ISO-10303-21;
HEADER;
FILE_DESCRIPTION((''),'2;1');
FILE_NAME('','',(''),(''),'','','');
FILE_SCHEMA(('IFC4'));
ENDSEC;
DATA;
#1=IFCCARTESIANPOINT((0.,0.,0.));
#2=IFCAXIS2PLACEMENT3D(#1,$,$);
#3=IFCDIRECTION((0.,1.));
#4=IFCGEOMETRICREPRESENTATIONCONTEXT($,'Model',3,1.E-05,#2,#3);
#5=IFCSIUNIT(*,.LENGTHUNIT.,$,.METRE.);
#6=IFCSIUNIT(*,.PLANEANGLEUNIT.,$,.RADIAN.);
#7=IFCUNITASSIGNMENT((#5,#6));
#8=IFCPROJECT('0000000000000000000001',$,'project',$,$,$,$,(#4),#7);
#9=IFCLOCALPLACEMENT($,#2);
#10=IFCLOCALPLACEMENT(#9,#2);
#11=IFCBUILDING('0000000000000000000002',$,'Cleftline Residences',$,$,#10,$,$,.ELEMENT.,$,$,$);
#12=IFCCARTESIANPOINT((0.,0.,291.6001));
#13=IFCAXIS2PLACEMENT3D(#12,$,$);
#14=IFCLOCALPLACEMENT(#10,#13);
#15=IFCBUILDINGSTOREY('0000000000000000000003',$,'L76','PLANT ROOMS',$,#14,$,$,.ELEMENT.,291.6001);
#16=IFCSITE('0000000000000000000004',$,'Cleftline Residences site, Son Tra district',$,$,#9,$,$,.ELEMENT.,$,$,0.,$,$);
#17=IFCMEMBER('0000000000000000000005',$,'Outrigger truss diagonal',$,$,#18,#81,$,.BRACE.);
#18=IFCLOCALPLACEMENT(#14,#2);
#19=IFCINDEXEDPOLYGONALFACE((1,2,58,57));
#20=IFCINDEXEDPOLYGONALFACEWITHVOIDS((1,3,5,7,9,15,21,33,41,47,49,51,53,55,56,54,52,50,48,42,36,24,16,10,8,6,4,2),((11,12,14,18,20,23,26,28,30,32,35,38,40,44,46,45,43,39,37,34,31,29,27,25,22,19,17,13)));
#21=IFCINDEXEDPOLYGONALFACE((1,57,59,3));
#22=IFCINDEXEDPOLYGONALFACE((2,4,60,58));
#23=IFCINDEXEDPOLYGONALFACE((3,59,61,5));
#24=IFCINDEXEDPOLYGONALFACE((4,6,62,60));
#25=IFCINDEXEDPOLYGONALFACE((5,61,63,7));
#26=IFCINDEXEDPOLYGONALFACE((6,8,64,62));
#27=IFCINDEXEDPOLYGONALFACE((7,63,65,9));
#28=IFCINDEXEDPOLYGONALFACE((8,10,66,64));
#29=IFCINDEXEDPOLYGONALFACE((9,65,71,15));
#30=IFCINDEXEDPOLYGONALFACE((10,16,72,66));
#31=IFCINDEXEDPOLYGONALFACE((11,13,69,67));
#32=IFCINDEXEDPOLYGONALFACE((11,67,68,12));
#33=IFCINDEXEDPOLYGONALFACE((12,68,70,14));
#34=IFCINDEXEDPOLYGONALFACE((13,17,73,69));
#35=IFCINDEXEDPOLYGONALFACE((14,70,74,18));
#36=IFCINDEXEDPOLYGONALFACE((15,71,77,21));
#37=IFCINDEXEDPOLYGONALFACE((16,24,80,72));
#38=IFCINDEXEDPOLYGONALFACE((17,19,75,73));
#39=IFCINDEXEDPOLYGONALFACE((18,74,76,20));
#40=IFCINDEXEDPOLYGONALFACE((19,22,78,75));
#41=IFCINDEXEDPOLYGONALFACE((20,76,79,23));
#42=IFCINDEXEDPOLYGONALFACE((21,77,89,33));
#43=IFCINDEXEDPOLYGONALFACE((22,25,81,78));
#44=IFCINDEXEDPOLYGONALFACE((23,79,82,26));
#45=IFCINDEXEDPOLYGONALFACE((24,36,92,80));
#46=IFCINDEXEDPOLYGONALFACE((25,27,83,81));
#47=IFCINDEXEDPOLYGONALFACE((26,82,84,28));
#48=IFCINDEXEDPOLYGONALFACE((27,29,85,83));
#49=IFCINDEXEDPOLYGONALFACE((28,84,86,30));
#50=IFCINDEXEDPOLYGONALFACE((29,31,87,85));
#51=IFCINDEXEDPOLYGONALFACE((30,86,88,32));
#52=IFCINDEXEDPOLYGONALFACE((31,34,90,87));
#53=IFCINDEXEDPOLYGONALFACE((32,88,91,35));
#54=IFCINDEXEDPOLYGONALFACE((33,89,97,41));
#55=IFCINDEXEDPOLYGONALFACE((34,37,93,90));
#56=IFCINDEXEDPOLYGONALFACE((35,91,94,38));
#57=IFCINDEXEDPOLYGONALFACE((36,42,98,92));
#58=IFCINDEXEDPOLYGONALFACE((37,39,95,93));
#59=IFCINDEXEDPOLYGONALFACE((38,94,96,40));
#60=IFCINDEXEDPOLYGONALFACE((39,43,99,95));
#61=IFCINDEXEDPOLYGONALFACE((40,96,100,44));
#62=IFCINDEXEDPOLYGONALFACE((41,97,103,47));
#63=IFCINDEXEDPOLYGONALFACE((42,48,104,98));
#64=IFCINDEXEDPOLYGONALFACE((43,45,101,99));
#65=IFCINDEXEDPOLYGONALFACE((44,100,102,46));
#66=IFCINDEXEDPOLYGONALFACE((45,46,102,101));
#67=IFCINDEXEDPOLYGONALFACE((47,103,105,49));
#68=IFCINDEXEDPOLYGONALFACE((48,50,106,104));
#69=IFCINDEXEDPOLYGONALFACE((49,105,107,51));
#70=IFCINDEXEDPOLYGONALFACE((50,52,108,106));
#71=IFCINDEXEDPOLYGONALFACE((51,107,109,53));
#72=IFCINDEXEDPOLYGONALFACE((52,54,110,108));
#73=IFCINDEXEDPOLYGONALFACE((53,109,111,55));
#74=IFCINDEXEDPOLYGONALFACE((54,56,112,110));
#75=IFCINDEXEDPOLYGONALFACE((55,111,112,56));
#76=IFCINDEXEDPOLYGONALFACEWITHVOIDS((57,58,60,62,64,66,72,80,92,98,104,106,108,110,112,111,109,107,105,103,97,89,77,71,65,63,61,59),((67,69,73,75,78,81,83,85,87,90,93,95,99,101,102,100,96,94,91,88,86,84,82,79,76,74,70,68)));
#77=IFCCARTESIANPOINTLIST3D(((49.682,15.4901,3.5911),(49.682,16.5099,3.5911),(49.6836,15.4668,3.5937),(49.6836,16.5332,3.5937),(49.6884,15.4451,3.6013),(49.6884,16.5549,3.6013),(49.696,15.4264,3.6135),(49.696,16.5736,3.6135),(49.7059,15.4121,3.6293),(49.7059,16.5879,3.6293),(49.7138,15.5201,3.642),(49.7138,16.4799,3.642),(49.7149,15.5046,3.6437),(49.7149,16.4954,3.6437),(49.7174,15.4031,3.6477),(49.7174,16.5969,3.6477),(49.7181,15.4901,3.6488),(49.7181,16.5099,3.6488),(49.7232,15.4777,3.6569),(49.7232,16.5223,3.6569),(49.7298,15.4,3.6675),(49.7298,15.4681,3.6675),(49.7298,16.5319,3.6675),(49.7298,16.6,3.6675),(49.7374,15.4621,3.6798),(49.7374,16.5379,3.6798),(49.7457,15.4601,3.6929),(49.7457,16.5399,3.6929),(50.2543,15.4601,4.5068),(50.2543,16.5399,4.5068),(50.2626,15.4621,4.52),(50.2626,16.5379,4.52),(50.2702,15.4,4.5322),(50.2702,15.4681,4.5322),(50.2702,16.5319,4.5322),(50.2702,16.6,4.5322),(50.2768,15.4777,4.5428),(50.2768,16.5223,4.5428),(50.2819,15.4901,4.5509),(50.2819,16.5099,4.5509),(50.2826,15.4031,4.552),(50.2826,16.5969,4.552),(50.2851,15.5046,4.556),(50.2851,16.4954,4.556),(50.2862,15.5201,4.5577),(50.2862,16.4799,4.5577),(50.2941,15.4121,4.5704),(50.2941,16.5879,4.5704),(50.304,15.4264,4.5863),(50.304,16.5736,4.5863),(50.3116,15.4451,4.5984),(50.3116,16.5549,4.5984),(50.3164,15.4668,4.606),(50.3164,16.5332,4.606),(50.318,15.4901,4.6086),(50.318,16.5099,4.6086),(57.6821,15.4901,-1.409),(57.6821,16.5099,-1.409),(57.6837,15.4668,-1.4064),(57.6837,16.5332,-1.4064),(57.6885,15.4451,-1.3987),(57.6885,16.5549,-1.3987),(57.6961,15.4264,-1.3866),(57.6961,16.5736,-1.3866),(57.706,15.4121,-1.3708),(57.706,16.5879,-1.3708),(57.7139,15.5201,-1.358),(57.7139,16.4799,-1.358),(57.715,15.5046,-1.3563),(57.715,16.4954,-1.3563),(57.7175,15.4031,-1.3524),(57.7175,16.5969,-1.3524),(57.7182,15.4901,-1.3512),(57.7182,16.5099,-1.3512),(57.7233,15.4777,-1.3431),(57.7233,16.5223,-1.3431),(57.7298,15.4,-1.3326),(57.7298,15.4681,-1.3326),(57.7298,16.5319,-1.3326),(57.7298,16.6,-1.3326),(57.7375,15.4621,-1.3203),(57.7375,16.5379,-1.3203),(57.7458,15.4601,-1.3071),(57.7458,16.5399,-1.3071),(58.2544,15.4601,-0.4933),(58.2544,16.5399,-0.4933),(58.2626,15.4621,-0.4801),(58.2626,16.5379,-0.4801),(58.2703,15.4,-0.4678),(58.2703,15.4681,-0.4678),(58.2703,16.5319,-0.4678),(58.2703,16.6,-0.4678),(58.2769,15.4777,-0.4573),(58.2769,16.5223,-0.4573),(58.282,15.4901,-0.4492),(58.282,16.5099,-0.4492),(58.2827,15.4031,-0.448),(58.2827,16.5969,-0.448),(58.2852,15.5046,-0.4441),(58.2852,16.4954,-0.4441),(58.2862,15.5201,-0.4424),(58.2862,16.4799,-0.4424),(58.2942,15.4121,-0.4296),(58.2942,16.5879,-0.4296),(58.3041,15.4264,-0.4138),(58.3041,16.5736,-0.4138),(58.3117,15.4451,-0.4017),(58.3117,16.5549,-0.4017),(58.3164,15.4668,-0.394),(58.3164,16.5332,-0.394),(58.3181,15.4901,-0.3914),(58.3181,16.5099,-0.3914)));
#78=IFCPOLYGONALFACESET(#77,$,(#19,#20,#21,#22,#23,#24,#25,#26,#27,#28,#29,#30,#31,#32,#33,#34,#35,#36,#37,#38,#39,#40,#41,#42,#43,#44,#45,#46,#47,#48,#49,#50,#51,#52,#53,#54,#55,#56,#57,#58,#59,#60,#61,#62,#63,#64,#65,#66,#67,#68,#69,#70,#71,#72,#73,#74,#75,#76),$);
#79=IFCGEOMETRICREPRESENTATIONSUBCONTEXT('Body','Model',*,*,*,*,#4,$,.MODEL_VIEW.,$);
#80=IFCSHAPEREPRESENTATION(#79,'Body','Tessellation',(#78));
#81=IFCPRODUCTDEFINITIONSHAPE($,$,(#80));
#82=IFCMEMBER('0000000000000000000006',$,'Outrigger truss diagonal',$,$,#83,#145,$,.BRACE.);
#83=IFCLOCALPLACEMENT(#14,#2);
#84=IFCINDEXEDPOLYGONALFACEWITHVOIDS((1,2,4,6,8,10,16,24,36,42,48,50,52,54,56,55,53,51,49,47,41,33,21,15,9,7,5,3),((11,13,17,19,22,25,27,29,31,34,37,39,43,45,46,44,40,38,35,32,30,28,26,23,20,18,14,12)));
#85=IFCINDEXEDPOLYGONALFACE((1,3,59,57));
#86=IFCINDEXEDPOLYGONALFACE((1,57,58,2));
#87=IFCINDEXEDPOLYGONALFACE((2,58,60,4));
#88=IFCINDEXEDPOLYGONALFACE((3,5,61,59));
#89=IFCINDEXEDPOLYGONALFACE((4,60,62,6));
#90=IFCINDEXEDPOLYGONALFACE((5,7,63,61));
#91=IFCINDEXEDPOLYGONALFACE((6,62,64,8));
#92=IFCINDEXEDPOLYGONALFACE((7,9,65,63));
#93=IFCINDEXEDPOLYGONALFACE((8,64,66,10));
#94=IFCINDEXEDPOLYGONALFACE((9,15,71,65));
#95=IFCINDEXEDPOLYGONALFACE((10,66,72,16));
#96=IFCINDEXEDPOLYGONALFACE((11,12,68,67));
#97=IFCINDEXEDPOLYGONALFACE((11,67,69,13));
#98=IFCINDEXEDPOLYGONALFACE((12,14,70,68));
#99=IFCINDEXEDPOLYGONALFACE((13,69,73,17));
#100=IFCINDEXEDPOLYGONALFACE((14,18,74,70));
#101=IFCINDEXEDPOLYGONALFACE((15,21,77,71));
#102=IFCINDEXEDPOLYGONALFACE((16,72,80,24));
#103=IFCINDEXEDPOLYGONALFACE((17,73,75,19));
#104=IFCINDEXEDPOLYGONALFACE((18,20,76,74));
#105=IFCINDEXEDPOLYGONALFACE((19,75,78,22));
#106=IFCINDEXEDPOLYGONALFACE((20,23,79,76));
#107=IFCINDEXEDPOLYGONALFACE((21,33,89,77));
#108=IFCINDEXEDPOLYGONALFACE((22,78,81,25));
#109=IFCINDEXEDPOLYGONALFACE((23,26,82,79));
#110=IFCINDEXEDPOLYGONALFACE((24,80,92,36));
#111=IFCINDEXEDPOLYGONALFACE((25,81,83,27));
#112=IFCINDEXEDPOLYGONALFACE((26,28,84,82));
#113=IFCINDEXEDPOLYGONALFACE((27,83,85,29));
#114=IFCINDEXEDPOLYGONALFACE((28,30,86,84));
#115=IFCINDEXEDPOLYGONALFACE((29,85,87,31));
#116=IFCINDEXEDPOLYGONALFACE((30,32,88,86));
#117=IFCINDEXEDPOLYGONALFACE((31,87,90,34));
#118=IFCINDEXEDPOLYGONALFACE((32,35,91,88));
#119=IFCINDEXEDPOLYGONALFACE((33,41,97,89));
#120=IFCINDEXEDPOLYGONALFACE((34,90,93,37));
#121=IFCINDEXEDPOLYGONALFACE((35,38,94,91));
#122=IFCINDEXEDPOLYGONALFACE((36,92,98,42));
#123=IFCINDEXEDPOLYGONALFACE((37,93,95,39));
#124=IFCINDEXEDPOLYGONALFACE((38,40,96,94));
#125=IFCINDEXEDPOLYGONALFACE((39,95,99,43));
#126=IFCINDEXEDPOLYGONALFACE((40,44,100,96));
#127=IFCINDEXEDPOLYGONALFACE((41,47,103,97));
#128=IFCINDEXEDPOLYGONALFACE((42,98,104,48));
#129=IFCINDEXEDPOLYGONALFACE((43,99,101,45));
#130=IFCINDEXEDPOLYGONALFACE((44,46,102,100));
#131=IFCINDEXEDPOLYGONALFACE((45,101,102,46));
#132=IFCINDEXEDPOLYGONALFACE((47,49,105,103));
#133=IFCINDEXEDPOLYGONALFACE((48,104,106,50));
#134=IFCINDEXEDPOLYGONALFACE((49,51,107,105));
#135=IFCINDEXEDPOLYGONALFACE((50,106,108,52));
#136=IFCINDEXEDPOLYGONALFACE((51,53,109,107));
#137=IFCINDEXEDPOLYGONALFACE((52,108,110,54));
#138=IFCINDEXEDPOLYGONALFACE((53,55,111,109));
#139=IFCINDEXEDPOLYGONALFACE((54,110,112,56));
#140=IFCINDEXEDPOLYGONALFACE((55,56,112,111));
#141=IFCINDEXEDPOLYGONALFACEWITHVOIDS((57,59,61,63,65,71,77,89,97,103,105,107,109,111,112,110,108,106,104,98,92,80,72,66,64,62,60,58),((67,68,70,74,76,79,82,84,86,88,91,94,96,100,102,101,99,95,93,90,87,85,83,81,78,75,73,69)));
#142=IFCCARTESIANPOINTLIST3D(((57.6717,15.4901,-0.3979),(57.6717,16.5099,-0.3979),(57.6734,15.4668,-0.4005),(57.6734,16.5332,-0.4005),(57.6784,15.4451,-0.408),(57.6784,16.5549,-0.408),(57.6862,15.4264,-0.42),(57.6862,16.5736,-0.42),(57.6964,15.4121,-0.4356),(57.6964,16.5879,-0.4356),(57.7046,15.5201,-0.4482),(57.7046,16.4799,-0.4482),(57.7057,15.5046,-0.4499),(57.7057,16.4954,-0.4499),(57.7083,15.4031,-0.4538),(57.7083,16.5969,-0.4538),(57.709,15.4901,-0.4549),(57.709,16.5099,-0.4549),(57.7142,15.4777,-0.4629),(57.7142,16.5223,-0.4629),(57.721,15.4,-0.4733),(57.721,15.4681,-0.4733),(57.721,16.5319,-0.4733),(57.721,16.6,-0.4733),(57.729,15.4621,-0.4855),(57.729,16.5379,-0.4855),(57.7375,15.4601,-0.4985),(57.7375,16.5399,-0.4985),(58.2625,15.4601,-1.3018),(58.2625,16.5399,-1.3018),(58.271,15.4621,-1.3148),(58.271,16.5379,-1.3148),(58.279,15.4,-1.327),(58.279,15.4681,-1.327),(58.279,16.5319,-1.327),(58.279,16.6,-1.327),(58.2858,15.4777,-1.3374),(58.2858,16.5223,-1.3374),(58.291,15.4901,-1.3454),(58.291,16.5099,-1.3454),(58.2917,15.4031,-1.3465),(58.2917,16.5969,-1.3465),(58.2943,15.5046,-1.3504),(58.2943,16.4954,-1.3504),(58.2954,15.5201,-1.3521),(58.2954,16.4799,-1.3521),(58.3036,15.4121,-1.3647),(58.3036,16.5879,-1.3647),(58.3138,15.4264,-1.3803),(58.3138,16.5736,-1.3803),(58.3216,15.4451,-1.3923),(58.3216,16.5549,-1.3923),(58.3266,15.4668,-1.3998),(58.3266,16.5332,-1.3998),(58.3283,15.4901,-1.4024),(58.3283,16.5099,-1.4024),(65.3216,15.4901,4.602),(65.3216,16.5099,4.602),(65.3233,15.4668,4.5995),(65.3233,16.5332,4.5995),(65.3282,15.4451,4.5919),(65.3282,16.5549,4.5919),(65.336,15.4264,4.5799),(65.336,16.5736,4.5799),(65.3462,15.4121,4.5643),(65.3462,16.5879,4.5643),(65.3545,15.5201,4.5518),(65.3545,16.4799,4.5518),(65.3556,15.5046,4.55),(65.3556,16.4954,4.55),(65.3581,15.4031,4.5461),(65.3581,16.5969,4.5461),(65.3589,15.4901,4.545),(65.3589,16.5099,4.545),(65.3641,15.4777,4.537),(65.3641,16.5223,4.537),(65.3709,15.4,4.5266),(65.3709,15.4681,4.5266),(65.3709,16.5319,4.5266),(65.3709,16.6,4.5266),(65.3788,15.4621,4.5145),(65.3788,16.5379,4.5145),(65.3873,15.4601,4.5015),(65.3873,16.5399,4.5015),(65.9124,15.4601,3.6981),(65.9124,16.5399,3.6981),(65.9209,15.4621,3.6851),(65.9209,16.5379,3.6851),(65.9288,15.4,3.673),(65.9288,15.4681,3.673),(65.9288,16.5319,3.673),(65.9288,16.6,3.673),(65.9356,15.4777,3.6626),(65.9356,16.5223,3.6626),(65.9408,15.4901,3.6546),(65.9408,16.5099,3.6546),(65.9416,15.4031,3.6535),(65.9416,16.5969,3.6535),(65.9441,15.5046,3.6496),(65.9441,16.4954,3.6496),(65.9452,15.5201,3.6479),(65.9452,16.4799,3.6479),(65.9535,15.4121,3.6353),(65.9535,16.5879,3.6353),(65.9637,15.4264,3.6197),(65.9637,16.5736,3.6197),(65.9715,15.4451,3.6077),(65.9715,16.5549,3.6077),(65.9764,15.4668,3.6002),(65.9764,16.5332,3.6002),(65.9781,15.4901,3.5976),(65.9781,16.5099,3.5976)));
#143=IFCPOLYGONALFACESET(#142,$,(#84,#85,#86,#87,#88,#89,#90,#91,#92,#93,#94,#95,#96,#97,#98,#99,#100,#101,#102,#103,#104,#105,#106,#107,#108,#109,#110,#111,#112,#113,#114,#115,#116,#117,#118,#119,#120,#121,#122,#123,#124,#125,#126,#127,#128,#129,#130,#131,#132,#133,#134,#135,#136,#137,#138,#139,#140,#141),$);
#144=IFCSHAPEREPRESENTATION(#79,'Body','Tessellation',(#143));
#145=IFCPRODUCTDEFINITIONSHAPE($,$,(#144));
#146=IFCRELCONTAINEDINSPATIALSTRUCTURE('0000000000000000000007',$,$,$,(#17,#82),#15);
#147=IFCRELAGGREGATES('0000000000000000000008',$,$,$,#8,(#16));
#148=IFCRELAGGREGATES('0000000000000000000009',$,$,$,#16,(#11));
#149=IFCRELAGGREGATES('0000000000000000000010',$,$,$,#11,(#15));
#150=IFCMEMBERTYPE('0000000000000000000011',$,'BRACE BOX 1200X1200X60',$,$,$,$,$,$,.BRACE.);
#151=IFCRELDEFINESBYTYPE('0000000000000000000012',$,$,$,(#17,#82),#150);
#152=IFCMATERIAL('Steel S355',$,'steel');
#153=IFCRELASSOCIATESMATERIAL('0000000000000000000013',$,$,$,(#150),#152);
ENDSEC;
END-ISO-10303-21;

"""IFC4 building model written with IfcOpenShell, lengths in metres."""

from ifc_helpers import new_model, si_unit, direction, frame, origin, origin_2d, place, context, subcontext, project, spatial, hollow_rectangle, extrude, material, material_profile, profile_set, type_object, element, save


model = new_model("IFC4")

# Units and contexts
model_context = context("Model", 3, precision=1e-05, world=origin(), true_north=direction((0.0, 1.0)))
body_context = subcontext(model_context, "Body", "Model", "MODEL_VIEW")
ifc_project = project(units=[si_unit("LENGTHUNIT", "METRE"), si_unit("PLANEANGLEUNIT", "RADIAN")], contexts=[model_context])

# Site, building, storey
site_placement = place(None, origin())
site = spatial("IfcSite", under=ifc_project, at=site_placement, Name="Cleftline Residences site, Son Tra district", CompositionType="ELEMENT", RefElevation=0.0)
building_placement = place(site_placement, origin())
building = spatial("IfcBuilding", under=site, at=building_placement, Name="Cleftline Residences", CompositionType="ELEMENT")
storey_placement = place(building_placement, frame((0.0, 0.0, 291.6001)))
storey = spatial("IfcBuildingStorey", under=building, at=storey_placement, Name="L76", Description="PLANT ROOMS", CompositionType="ELEMENT", Elevation=291.6001)

# Members
ifc_material_1 = material(Name="Steel S355", Category="steel")
ifc_material_profile_1 = material_profile(ifc_material_1, hollow_rectangle(XDim=1.2, YDim=1.2, WallThickness=0.0601, InnerFilletRadius=0.0601, OuterFilletRadius=0.0901, at=origin_2d()))
ifc_profile_set_1 = profile_set([ifc_material_profile_1], Name="Steel S355")
member_type_1 = type_object("IfcMemberType", Name="BRACE BOX 1200X1200X60", PredefinedType="BRACE", material=ifc_profile_set_1)
member_1_placement = place(storey_placement, frame((50.0, 16.0, 4.0999), z_axis=(0.847998, 0.0, -0.529999), x_axis=(0.529999, 0.0, 0.847998)))
element("IfcMember", 1, at=member_1_placement, inside=storey, type_object=member_type_1, Name="Outrigger truss diagonal", PredefinedType="BRACE", context=body_context, shape_type="SweptSolid", body=[
    extrude(hollow_rectangle(XDim=1.2, YDim=1.2, WallThickness=0.0601, InnerFilletRadius=0.0601, OuterFilletRadius=0.0901, at=origin_2d()), origin(), (0.0, 0.0, 1.0), 9.4341),
])
member_2_placement = place(storey_placement, frame((58.0, 16.0, -0.9001), z_axis=(0.837063, 0.0, 0.547107), x_axis=(-0.547107, 0.0, 0.837063)))
element("IfcMember", 2, at=member_2_placement, inside=storey, type_object=member_type_1, Name="Outrigger truss diagonal", PredefinedType="BRACE", context=body_context, shape_type="SweptSolid", body=[
    extrude(hollow_rectangle(XDim=1.2, YDim=1.2, WallThickness=0.0601, InnerFilletRadius=0.0601, OuterFilletRadius=0.0901, at=origin_2d()), origin(), (0.0, 0.0, 1.0), 9.1389),
])

save(model, "model.ifc")
